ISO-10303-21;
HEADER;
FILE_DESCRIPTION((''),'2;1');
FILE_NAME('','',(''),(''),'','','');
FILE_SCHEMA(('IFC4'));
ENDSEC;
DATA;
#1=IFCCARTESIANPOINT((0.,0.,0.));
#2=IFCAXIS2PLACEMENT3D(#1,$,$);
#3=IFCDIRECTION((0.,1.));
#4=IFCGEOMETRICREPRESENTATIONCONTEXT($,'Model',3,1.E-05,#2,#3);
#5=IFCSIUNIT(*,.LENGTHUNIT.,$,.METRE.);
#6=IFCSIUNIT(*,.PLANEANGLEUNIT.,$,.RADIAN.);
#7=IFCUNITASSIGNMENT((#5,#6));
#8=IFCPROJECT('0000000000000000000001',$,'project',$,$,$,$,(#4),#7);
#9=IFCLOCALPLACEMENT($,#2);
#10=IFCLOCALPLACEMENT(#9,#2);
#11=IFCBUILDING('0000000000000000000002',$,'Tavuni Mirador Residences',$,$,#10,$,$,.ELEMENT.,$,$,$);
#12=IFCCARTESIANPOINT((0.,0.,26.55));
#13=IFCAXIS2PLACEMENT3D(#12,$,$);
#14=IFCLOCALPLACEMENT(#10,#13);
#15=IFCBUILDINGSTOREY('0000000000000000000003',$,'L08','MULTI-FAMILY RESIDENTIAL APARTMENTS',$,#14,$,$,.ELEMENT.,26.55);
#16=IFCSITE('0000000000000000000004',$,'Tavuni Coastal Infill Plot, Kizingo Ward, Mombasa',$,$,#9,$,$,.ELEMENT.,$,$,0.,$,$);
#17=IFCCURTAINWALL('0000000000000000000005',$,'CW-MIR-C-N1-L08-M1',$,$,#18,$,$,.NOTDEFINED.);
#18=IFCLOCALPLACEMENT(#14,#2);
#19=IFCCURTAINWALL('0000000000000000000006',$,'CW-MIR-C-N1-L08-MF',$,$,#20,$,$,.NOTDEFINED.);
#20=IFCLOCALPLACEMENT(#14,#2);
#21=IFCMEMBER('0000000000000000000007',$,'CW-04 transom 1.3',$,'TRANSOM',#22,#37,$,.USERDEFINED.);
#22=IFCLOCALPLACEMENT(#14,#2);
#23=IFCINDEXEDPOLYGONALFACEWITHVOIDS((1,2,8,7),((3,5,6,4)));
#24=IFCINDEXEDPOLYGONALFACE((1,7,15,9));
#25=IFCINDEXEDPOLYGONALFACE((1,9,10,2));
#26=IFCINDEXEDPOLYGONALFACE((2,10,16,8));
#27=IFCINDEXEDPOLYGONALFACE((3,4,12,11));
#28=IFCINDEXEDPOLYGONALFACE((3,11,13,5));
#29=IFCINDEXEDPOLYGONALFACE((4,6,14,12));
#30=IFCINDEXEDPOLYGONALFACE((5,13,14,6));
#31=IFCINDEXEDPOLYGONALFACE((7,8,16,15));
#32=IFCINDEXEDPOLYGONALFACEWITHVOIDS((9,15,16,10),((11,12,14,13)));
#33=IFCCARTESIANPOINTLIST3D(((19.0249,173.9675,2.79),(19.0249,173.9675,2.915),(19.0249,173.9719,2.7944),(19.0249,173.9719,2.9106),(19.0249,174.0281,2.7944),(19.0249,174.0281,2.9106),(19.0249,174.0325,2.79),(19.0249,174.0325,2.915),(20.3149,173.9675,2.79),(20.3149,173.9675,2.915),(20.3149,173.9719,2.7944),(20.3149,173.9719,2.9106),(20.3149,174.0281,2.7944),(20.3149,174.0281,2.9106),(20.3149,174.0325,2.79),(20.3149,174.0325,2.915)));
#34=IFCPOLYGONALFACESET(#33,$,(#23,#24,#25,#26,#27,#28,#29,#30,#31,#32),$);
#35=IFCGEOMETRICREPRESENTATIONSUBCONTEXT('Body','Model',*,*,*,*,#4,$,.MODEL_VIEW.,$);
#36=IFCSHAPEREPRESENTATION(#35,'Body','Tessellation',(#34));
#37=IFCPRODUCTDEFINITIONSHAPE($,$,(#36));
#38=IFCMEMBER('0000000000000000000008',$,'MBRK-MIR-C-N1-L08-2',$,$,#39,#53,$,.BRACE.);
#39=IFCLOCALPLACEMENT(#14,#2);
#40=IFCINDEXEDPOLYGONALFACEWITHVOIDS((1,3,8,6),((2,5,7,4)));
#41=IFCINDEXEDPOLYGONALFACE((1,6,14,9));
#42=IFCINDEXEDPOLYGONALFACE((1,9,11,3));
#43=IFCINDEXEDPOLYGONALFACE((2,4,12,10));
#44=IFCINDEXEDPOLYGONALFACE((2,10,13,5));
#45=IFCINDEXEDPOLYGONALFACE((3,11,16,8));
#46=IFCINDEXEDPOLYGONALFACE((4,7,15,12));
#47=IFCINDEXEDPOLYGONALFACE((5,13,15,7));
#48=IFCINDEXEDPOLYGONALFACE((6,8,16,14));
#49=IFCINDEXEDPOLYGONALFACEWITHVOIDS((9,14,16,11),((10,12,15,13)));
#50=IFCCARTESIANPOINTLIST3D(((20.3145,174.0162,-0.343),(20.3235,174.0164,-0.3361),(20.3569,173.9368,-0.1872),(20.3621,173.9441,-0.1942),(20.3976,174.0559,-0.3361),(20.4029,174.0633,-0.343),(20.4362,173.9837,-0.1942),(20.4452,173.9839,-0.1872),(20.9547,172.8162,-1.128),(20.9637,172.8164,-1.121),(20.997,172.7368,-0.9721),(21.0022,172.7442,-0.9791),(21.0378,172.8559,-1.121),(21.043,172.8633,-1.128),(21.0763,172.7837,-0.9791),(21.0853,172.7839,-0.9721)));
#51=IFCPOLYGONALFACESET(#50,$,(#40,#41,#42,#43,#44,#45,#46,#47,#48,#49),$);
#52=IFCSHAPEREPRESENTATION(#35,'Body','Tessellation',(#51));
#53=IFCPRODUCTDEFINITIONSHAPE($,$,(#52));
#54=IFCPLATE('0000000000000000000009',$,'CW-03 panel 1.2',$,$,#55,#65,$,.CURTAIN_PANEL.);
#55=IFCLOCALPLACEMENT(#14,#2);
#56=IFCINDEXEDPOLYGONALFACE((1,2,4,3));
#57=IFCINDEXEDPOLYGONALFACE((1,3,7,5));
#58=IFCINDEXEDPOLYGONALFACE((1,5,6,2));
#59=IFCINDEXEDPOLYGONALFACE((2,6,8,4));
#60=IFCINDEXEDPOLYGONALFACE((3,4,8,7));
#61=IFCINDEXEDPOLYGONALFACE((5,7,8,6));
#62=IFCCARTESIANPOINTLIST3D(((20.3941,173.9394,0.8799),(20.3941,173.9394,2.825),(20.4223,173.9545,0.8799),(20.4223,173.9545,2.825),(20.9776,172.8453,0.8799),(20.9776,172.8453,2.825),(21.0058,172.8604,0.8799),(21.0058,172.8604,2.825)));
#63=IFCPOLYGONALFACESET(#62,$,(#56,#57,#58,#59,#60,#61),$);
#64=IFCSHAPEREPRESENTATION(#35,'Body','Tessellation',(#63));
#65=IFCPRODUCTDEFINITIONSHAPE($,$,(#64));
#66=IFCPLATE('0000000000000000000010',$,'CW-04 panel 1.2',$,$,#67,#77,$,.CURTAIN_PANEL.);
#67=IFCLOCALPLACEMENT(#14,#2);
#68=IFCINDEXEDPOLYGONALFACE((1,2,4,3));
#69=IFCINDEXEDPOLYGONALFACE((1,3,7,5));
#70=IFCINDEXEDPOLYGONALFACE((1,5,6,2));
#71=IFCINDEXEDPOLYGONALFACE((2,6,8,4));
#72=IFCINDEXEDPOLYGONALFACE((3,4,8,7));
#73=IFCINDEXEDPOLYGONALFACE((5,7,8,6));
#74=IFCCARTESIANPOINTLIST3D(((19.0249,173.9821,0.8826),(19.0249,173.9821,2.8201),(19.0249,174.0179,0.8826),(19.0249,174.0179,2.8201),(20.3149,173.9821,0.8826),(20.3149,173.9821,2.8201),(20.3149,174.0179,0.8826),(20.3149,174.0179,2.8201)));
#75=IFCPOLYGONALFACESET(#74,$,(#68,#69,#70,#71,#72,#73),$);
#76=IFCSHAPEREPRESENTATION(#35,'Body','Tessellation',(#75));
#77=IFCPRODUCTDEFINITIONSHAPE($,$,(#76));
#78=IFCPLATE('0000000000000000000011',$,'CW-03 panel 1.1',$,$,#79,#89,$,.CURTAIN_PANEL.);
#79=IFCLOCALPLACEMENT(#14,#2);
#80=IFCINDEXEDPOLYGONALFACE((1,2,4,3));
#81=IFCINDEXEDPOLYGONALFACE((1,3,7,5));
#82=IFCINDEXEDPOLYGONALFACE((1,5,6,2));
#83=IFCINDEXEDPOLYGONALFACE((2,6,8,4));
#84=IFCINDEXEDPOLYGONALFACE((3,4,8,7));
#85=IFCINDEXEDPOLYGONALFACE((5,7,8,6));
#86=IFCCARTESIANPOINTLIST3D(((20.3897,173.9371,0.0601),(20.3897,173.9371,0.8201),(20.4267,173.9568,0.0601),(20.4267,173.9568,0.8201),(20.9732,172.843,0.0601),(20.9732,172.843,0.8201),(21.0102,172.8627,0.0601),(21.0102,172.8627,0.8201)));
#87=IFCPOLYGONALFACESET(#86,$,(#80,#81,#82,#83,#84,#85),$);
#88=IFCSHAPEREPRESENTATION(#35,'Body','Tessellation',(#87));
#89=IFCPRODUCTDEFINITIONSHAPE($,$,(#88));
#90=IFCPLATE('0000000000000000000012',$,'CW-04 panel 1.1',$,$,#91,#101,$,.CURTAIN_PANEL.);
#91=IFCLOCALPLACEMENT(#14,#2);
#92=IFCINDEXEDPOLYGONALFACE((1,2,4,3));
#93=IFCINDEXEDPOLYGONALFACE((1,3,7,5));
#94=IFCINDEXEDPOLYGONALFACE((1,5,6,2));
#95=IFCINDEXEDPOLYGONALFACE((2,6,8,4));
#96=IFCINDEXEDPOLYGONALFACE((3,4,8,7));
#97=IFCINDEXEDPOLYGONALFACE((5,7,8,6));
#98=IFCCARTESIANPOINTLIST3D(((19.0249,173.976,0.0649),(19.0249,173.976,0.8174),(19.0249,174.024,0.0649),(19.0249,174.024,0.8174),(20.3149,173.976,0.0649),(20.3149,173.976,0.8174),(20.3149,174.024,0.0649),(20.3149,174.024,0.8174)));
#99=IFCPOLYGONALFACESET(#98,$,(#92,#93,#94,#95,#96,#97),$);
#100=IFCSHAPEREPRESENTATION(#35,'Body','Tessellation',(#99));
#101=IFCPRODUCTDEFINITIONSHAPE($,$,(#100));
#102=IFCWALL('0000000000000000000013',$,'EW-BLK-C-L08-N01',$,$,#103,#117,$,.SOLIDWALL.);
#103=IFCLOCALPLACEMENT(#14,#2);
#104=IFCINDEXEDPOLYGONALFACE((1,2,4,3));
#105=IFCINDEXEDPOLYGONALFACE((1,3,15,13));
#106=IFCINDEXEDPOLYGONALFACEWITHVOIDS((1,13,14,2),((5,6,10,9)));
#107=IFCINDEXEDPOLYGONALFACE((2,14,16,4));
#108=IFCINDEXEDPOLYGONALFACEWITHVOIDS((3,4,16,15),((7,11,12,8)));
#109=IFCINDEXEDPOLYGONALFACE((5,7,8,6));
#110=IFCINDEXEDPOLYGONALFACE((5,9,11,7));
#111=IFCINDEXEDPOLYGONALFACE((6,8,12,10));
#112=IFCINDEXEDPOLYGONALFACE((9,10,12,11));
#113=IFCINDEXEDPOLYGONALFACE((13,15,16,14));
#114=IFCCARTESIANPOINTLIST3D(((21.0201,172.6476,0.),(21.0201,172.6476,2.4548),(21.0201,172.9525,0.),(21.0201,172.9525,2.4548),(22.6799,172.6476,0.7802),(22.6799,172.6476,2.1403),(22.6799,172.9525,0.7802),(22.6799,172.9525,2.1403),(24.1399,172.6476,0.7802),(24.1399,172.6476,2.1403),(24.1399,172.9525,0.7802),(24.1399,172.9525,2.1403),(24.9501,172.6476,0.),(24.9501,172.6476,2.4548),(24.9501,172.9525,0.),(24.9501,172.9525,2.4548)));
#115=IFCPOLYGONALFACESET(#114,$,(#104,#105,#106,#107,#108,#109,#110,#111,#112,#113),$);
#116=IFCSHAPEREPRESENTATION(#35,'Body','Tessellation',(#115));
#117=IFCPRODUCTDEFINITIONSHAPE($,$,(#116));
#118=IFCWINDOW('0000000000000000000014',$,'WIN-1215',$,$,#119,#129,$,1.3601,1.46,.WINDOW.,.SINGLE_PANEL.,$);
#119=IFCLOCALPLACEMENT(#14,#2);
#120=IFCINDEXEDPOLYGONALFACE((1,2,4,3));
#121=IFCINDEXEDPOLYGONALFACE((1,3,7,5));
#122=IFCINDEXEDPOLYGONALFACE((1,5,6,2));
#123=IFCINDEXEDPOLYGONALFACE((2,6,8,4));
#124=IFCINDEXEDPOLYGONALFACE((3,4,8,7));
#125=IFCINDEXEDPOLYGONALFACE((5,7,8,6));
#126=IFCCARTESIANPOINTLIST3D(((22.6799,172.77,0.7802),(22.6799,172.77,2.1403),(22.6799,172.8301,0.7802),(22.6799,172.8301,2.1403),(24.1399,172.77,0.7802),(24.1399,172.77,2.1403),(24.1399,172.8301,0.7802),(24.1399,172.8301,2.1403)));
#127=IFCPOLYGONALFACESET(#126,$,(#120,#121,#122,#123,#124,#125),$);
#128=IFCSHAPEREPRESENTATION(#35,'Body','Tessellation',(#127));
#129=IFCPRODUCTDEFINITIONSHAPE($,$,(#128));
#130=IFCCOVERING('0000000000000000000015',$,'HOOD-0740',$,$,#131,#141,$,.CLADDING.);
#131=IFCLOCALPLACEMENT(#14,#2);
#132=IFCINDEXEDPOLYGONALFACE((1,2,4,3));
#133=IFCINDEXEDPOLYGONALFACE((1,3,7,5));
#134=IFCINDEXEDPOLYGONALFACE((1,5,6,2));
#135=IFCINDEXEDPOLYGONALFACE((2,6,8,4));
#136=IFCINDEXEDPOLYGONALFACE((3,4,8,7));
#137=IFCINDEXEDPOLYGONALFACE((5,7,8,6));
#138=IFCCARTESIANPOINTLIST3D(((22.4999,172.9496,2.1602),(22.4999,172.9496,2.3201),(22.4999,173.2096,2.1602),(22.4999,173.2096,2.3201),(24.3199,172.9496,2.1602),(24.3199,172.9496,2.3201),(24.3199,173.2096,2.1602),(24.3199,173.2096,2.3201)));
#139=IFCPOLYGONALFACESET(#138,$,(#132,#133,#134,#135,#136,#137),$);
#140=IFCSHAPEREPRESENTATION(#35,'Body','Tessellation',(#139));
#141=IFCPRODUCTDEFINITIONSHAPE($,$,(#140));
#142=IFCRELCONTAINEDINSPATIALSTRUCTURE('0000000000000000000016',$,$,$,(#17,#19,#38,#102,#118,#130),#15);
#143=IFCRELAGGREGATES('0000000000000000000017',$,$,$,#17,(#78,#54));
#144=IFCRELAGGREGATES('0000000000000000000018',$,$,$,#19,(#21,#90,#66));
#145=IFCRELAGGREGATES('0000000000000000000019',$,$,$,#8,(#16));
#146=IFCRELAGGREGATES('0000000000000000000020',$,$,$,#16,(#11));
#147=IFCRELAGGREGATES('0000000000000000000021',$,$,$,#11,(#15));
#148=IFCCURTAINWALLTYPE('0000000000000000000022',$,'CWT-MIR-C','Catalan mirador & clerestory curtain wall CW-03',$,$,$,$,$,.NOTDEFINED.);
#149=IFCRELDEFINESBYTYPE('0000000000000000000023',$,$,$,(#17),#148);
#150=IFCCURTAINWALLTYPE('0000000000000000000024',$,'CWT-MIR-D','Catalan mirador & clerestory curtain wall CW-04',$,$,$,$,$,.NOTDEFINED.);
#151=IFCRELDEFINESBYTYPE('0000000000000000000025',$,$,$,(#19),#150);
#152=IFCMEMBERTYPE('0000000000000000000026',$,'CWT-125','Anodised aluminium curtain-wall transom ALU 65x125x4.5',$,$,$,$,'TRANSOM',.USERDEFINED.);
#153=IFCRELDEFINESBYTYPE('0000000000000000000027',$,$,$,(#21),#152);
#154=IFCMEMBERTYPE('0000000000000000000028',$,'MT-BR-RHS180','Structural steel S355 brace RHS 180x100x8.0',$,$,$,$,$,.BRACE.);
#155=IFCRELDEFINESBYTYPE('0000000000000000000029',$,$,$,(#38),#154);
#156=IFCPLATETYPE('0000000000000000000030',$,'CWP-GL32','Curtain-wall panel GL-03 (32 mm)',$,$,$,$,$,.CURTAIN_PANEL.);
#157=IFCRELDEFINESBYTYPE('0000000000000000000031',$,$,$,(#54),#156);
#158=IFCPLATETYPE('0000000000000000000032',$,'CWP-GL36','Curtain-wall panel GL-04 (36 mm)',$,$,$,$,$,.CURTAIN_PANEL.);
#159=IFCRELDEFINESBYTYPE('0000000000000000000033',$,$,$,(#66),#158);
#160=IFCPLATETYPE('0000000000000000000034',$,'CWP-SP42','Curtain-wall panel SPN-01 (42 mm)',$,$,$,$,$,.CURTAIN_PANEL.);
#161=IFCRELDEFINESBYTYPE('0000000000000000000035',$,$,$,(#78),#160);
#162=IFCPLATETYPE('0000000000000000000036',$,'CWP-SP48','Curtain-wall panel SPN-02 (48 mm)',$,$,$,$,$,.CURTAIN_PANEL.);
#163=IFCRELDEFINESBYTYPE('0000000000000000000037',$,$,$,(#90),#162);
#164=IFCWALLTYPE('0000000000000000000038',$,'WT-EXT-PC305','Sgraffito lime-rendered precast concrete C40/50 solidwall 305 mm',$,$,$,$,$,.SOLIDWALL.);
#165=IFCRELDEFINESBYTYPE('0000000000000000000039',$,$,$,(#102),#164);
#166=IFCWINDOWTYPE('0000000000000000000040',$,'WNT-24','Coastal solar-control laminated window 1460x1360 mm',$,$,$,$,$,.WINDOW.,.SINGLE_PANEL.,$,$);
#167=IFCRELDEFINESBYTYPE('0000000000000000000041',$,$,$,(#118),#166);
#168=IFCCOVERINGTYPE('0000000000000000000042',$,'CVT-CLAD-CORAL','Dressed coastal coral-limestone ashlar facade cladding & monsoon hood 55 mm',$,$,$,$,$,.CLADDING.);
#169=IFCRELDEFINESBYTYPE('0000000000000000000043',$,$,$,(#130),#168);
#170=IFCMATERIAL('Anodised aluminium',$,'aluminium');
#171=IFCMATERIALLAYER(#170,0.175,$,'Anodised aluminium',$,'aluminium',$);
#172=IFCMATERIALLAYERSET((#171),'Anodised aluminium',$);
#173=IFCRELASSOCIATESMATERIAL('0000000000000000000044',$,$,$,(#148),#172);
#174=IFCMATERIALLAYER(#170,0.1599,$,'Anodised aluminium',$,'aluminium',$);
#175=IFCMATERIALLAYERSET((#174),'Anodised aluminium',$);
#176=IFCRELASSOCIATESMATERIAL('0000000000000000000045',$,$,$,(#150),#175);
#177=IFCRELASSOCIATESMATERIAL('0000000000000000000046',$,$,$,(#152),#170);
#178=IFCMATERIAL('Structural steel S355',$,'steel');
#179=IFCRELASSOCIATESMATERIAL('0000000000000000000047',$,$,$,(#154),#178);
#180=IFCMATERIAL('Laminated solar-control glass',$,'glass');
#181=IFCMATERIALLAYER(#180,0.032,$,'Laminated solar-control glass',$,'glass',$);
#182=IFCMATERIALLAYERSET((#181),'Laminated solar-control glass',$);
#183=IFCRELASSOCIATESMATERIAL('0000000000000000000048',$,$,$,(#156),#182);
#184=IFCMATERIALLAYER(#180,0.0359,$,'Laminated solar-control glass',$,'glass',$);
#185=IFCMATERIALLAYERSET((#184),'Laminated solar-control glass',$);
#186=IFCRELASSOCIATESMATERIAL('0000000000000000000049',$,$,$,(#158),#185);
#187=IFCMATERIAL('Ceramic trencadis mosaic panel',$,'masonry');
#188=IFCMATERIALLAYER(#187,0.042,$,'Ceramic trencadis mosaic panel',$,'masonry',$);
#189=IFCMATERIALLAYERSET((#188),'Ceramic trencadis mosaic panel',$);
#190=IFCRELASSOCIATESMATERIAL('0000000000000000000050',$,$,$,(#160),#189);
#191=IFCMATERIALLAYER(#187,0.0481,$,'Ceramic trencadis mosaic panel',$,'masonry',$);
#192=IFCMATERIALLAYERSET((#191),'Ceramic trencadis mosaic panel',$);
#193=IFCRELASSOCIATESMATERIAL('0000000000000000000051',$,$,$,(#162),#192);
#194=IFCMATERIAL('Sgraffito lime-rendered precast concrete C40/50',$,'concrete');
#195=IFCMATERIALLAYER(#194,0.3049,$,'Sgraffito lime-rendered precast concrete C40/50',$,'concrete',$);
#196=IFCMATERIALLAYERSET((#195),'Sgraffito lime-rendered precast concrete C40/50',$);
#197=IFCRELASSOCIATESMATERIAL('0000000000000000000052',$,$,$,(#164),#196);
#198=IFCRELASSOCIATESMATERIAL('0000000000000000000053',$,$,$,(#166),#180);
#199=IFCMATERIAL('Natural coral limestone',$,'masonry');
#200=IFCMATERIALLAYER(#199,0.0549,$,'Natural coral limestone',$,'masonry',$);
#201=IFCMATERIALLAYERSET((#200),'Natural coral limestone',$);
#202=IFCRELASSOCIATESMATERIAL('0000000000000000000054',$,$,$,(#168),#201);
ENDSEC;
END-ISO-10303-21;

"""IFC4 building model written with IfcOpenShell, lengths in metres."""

from ifc_helpers import new_model, si_unit, direction, frame, frame_2d, origin, origin_2d, place, context, subcontext, project, spatial, rectangle, hollow_rectangle, extrude, material, layer, layer_set, material_profile, profile_set, type_object, element, fill, aggregate, save


model = new_model("IFC4")

# Units and contexts
model_context = context("Model", 3, precision=1e-05, world=origin(), true_north=direction((0.0, 1.0)))
body_context = subcontext(model_context, "Body", "Model", "MODEL_VIEW")
ifc_project = project(units=[si_unit("LENGTHUNIT", "METRE"), si_unit("PLANEANGLEUNIT", "RADIAN")], contexts=[model_context])

# Site, building, storey
site_placement = place(None, origin())
site = spatial("IfcSite", under=ifc_project, at=site_placement, Name="Tavuni Coastal Infill Plot, Kizingo Ward, Mombasa", CompositionType="ELEMENT", RefElevation=0.0)
building_placement = place(site_placement, origin())
building = spatial("IfcBuilding", under=site, at=building_placement, Name="Tavuni Mirador Residences", CompositionType="ELEMENT")
storey_placement = place(building_placement, frame((0.0, 0.0, 26.55)))
storey = spatial("IfcBuildingStorey", under=building, at=storey_placement, Name="L08", Description="MULTI-FAMILY RESIDENTIAL APARTMENTS", CompositionType="ELEMENT", Elevation=26.55)

# Curtain wall
ifc_material_1 = material(Name="Anodised aluminium", Category="aluminium")
ifc_layer_1 = layer(ifc_material_1, 0.175, Name="Anodised aluminium", Category="aluminium")
ifc_layer_set_1 = layer_set([ifc_layer_1], Name="Anodised aluminium")
curtain_wall_type_1 = type_object("IfcCurtainWallType", Name="CWT-MIR-C", Description="Catalan mirador & clerestory curtain wall CW-03", PredefinedType="NOTDEFINED", material=ifc_layer_set_1)
curtain_wall_1_placement = place(storey_placement, origin())
curtain_wall_1 = element("IfcCurtainWall", 1, at=curtain_wall_1_placement, inside=storey, type_object=curtain_wall_type_1, Name="CW-MIR-C-N1-L08-M1", PredefinedType="NOTDEFINED")

# Curtain wall
ifc_layer_2 = layer(ifc_material_1, 0.1599, Name="Anodised aluminium", Category="aluminium")
ifc_layer_set_2 = layer_set([ifc_layer_2], Name="Anodised aluminium")
curtain_wall_type_2 = type_object("IfcCurtainWallType", Name="CWT-MIR-D", Description="Catalan mirador & clerestory curtain wall CW-04", PredefinedType="NOTDEFINED", material=ifc_layer_set_2)
curtain_wall_2_placement = place(storey_placement, origin())
curtain_wall_2 = element("IfcCurtainWall", 2, at=curtain_wall_2_placement, inside=storey, type_object=curtain_wall_type_2, Name="CW-MIR-C-N1-L08-MF", PredefinedType="NOTDEFINED")

# Members
ifc_material_profile_1 = material_profile(ifc_material_1, hollow_rectangle(XDim=0.0649, YDim=0.125, WallThickness=0.0044, at=origin_2d()), Name="ALU 65x125x4.5", Category="aluminium")
ifc_profile_set_1 = profile_set([ifc_material_profile_1], Name="Anodised aluminium")
member_type_1 = type_object("IfcMemberType", Name="CWT-125", Description="Anodised aluminium curtain-wall transom ALU 65x125x4.5", ElementType="TRANSOM", PredefinedType="USERDEFINED", material=ifc_profile_set_1)
member_1_placement = place(storey_placement, frame((20.3149, 174.0, 2.8525), z_axis=(-1.0, 0.0, 0.0), x_axis=(0.0, -1.0, 0.0)))
member_1 = element("IfcMember", 3, at=member_1_placement, type_object=member_type_1, Name="CW-04 transom 1.3", ObjectType="TRANSOM", PredefinedType="USERDEFINED", context=body_context, shape_type="SweptSolid", body=[
    extrude(hollow_rectangle(XDim=0.0649, YDim=0.125, WallThickness=0.0044, at=origin_2d()), origin(), (0.0, 0.0, 1.0), 1.29),
])
ifc_material_2 = material(Name="Structural steel S355", Category="steel")
ifc_material_profile_2 = material_profile(ifc_material_2, hollow_rectangle(XDim=0.1001, YDim=0.1799, WallThickness=0.0081, at=origin_2d()), Name="RHS 180x100x8.0", Category="steel")
ifc_profile_set_2 = profile_set([ifc_material_profile_2], Name="Structural steel S355")
member_type_2 = type_object("IfcMemberType", Name="MT-BR-RHS180", Description="Structural steel S355 brace RHS 180x100x8.0", PredefinedType="BRACE", material=ifc_profile_set_2)
member_2_placement = place(storey_placement, frame((21.02, 172.8, -1.05), z_axis=(-0.407661, 0.764169, 0.499858), x_axis=(-0.882303, -0.470681, 0.0)))
element("IfcMember", 4, at=member_2_placement, inside=storey, type_object=member_type_2, Name="MBRK-MIR-C-N1-L08-2", PredefinedType="BRACE", context=body_context, shape_type="SweptSolid", body=[
    extrude(hollow_rectangle(XDim=0.1001, YDim=0.1799, WallThickness=0.0081, at=origin_2d()), origin(), (0.0, 0.0, 1.0), 1.5703),
])

# Plates
ifc_material_3 = material(Name="Laminated solar-control glass", Category="glass")
ifc_layer_3 = layer(ifc_material_3, 0.032, Name="Laminated solar-control glass", Category="glass")
ifc_layer_set_3 = layer_set([ifc_layer_3], Name="Laminated solar-control glass")
plate_type_1 = type_object("IfcPlateType", Name="CWP-GL32", Description="Curtain-wall panel GL-03 (32 mm)", PredefinedType="CURTAIN_PANEL", material=ifc_layer_set_3)
plate_1_placement = place(storey_placement, frame((20.7, 173.3999, 0.8799), z_axis=(0.0, 0.0, 1.0), x_axis=(-0.470588, 0.882353, 0.0)))
plate_1 = element("IfcPlate", 5, at=plate_1_placement, type_object=plate_type_1, Name="CW-03 panel 1.2", PredefinedType="CURTAIN_PANEL", context=body_context, shape_type="SweptSolid", body=[
    extrude(rectangle(XDim=1.24, YDim=0.032, at=origin_2d()), origin(), (0.0, 0.0, 1.0), 1.9451),
])
ifc_layer_4 = layer(ifc_material_3, 0.0359, Name="Laminated solar-control glass", Category="glass")
ifc_layer_set_4 = layer_set([ifc_layer_4], Name="Laminated solar-control glass")
plate_type_2 = type_object("IfcPlateType", Name="CWP-GL36", Description="Curtain-wall panel GL-04 (36 mm)", PredefinedType="CURTAIN_PANEL", material=ifc_layer_set_4)
plate_2_placement = place(storey_placement, frame((19.6699, 174.0, 0.8826), z_axis=(0.0, 0.0, 1.0), x_axis=(-1.0, 0.0, 0.0)))
plate_2 = element("IfcPlate", 6, at=plate_2_placement, type_object=plate_type_2, Name="CW-04 panel 1.2", PredefinedType="CURTAIN_PANEL", context=body_context, shape_type="SweptSolid", body=[
    extrude(rectangle(XDim=1.29, YDim=0.0359, at=origin_2d()), origin(), (0.0, 0.0, 1.0), 1.9375),
])
ifc_material_4 = material(Name="Ceramic trencadis mosaic panel", Category="masonry")
ifc_layer_5 = layer(ifc_material_4, 0.042, Name="Ceramic trencadis mosaic panel", Category="masonry")
ifc_layer_set_5 = layer_set([ifc_layer_5], Name="Ceramic trencadis mosaic panel")
plate_type_3 = type_object("IfcPlateType", Name="CWP-SP42", Description="Curtain-wall panel SPN-01 (42 mm)", PredefinedType="CURTAIN_PANEL", material=ifc_layer_set_5)
plate_3_placement = place(storey_placement, frame((20.7, 173.3999, 0.0601), z_axis=(0.0, 0.0, 1.0), x_axis=(-0.470588, 0.882353, 0.0)))
plate_3 = element("IfcPlate", 7, at=plate_3_placement, type_object=plate_type_3, Name="CW-03 panel 1.1", PredefinedType="CURTAIN_PANEL", context=body_context, shape_type="SweptSolid", body=[
    extrude(rectangle(XDim=1.24, YDim=0.042, at=origin_2d()), origin(), (0.0, 0.0, 1.0), 0.76),
])
aggregate(curtain_wall_1, [plate_3, plate_1])
ifc_layer_6 = layer(ifc_material_4, 0.0481, Name="Ceramic trencadis mosaic panel", Category="masonry")
ifc_layer_set_6 = layer_set([ifc_layer_6], Name="Ceramic trencadis mosaic panel")
plate_type_4 = type_object("IfcPlateType", Name="CWP-SP48", Description="Curtain-wall panel SPN-02 (48 mm)", PredefinedType="CURTAIN_PANEL", material=ifc_layer_set_6)
plate_4_placement = place(storey_placement, frame((19.6699, 174.0, 0.0649), z_axis=(0.0, 0.0, 1.0), x_axis=(-1.0, 0.0, 0.0)))
plate_4 = element("IfcPlate", 8, at=plate_4_placement, type_object=plate_type_4, Name="CW-04 panel 1.1", PredefinedType="CURTAIN_PANEL", context=body_context, shape_type="SweptSolid", body=[
    extrude(rectangle(XDim=1.29, YDim=0.0481, at=origin_2d()), origin(), (0.0, 0.0, 1.0), 0.7524),
])
aggregate(curtain_wall_2, [member_1, plate_4, plate_2])

# Wall, opening, window
ifc_material_5 = material(Name="Sgraffito lime-rendered precast concrete C40/50", Category="concrete")
ifc_layer_7 = layer(ifc_material_5, 0.3049, Name="Sgraffito lime-rendered precast concrete C40/50", Category="concrete")
ifc_layer_set_7 = layer_set([ifc_layer_7], Name="Sgraffito lime-rendered precast concrete C40/50")
wall_type = type_object("IfcWallType", Name="WT-EXT-PC305", Description="Sgraffito lime-rendered precast concrete C40/50 solidwall 305 mm", PredefinedType="SOLIDWALL", material=ifc_layer_set_7)
wall_placement = place(storey_placement, frame((24.95, 172.8, 0.0), z_axis=(0.0, 0.0, 1.0), x_axis=(-1.0, 0.0, 0.0)))
wall = element("IfcWall", 9, at=wall_placement, inside=storey, type_object=wall_type, Name="EW-BLK-C-L08-N01", PredefinedType="SOLIDWALL", context=body_context, shape_type="SweptSolid", body=[
    extrude(rectangle(XDim=3.9299, YDim=0.3049, at=frame_2d((1.9648, 0.0))), origin(), (0.0, 0.0, 1.0), 2.4548),
])
opening_placement = place(wall_placement, frame((0.8101, 0.0, 0.78)))
opening = element("IfcOpeningElement", 10, at=opening_placement, cuts=wall, PredefinedType="OPENING", context=body_context, shape_type="SweptSolid", body=[
    extrude(rectangle(XDim=1.46, YDim=1.3601, at=frame_2d((0.73, 0.6802))), frame((0.0, 0.1626, 0.0), z_axis=(0.0, -1.0, 0.0), x_axis=(1.0, 0.0, 0.0)), (0.0, 0.0, 1.0), 0.325),
])
window_type = type_object("IfcWindowType", Name="WNT-24", Description="Coastal solar-control laminated window 1460x1360 mm", PartitioningType="SINGLE_PANEL", PredefinedType="WINDOW", material=ifc_material_3)
window_placement = place(opening_placement, origin())
window = element("IfcWindow", 11, at=window_placement, inside=storey, type_object=window_type, Name="WIN-1215", OverallHeight=1.3601, OverallWidth=1.46, PartitioningType="SINGLE_PANEL", PredefinedType="WINDOW", context=body_context, shape_type="SweptSolid", body=[
    extrude(rectangle(XDim=1.46, YDim=1.3601, at=frame_2d((0.73, 0.6802))), frame((0.0, 0.03, 0.0), z_axis=(0.0, -1.0, 0.0), x_axis=(1.0, 0.0, 0.0)), (0.0, 0.0, 1.0), 0.0601),
])
fill(opening, window)

# Covering
ifc_material_6 = material(Name="Natural coral limestone", Category="masonry")
ifc_layer_8 = layer(ifc_material_6, 0.0549, Name="Natural coral limestone", Category="masonry")
ifc_layer_set_8 = layer_set([ifc_layer_8], Name="Natural coral limestone")
covering_type = type_object("IfcCoveringType", Name="CVT-CLAD-CORAL", Description="Dressed coastal coral-limestone ashlar facade cladding & monsoon hood 55 mm", PredefinedType="CLADDING", material=ifc_layer_set_8)
covering_placement = place(storey_placement, frame((23.4099, 173.0796, 2.1602), z_axis=(0.0, 0.0, 1.0), x_axis=(-1.0, 0.0, 0.0)))
element("IfcCovering", 12, at=covering_placement, inside=storey, type_object=covering_type, Name="HOOD-0740", PredefinedType="CLADDING", context=body_context, shape_type="SweptSolid", body=[
    extrude(rectangle(XDim=1.8201, YDim=0.26, at=origin_2d()), origin(), (0.0, 0.0, 1.0), 0.1599),
])

save(model, "model.ifc")
